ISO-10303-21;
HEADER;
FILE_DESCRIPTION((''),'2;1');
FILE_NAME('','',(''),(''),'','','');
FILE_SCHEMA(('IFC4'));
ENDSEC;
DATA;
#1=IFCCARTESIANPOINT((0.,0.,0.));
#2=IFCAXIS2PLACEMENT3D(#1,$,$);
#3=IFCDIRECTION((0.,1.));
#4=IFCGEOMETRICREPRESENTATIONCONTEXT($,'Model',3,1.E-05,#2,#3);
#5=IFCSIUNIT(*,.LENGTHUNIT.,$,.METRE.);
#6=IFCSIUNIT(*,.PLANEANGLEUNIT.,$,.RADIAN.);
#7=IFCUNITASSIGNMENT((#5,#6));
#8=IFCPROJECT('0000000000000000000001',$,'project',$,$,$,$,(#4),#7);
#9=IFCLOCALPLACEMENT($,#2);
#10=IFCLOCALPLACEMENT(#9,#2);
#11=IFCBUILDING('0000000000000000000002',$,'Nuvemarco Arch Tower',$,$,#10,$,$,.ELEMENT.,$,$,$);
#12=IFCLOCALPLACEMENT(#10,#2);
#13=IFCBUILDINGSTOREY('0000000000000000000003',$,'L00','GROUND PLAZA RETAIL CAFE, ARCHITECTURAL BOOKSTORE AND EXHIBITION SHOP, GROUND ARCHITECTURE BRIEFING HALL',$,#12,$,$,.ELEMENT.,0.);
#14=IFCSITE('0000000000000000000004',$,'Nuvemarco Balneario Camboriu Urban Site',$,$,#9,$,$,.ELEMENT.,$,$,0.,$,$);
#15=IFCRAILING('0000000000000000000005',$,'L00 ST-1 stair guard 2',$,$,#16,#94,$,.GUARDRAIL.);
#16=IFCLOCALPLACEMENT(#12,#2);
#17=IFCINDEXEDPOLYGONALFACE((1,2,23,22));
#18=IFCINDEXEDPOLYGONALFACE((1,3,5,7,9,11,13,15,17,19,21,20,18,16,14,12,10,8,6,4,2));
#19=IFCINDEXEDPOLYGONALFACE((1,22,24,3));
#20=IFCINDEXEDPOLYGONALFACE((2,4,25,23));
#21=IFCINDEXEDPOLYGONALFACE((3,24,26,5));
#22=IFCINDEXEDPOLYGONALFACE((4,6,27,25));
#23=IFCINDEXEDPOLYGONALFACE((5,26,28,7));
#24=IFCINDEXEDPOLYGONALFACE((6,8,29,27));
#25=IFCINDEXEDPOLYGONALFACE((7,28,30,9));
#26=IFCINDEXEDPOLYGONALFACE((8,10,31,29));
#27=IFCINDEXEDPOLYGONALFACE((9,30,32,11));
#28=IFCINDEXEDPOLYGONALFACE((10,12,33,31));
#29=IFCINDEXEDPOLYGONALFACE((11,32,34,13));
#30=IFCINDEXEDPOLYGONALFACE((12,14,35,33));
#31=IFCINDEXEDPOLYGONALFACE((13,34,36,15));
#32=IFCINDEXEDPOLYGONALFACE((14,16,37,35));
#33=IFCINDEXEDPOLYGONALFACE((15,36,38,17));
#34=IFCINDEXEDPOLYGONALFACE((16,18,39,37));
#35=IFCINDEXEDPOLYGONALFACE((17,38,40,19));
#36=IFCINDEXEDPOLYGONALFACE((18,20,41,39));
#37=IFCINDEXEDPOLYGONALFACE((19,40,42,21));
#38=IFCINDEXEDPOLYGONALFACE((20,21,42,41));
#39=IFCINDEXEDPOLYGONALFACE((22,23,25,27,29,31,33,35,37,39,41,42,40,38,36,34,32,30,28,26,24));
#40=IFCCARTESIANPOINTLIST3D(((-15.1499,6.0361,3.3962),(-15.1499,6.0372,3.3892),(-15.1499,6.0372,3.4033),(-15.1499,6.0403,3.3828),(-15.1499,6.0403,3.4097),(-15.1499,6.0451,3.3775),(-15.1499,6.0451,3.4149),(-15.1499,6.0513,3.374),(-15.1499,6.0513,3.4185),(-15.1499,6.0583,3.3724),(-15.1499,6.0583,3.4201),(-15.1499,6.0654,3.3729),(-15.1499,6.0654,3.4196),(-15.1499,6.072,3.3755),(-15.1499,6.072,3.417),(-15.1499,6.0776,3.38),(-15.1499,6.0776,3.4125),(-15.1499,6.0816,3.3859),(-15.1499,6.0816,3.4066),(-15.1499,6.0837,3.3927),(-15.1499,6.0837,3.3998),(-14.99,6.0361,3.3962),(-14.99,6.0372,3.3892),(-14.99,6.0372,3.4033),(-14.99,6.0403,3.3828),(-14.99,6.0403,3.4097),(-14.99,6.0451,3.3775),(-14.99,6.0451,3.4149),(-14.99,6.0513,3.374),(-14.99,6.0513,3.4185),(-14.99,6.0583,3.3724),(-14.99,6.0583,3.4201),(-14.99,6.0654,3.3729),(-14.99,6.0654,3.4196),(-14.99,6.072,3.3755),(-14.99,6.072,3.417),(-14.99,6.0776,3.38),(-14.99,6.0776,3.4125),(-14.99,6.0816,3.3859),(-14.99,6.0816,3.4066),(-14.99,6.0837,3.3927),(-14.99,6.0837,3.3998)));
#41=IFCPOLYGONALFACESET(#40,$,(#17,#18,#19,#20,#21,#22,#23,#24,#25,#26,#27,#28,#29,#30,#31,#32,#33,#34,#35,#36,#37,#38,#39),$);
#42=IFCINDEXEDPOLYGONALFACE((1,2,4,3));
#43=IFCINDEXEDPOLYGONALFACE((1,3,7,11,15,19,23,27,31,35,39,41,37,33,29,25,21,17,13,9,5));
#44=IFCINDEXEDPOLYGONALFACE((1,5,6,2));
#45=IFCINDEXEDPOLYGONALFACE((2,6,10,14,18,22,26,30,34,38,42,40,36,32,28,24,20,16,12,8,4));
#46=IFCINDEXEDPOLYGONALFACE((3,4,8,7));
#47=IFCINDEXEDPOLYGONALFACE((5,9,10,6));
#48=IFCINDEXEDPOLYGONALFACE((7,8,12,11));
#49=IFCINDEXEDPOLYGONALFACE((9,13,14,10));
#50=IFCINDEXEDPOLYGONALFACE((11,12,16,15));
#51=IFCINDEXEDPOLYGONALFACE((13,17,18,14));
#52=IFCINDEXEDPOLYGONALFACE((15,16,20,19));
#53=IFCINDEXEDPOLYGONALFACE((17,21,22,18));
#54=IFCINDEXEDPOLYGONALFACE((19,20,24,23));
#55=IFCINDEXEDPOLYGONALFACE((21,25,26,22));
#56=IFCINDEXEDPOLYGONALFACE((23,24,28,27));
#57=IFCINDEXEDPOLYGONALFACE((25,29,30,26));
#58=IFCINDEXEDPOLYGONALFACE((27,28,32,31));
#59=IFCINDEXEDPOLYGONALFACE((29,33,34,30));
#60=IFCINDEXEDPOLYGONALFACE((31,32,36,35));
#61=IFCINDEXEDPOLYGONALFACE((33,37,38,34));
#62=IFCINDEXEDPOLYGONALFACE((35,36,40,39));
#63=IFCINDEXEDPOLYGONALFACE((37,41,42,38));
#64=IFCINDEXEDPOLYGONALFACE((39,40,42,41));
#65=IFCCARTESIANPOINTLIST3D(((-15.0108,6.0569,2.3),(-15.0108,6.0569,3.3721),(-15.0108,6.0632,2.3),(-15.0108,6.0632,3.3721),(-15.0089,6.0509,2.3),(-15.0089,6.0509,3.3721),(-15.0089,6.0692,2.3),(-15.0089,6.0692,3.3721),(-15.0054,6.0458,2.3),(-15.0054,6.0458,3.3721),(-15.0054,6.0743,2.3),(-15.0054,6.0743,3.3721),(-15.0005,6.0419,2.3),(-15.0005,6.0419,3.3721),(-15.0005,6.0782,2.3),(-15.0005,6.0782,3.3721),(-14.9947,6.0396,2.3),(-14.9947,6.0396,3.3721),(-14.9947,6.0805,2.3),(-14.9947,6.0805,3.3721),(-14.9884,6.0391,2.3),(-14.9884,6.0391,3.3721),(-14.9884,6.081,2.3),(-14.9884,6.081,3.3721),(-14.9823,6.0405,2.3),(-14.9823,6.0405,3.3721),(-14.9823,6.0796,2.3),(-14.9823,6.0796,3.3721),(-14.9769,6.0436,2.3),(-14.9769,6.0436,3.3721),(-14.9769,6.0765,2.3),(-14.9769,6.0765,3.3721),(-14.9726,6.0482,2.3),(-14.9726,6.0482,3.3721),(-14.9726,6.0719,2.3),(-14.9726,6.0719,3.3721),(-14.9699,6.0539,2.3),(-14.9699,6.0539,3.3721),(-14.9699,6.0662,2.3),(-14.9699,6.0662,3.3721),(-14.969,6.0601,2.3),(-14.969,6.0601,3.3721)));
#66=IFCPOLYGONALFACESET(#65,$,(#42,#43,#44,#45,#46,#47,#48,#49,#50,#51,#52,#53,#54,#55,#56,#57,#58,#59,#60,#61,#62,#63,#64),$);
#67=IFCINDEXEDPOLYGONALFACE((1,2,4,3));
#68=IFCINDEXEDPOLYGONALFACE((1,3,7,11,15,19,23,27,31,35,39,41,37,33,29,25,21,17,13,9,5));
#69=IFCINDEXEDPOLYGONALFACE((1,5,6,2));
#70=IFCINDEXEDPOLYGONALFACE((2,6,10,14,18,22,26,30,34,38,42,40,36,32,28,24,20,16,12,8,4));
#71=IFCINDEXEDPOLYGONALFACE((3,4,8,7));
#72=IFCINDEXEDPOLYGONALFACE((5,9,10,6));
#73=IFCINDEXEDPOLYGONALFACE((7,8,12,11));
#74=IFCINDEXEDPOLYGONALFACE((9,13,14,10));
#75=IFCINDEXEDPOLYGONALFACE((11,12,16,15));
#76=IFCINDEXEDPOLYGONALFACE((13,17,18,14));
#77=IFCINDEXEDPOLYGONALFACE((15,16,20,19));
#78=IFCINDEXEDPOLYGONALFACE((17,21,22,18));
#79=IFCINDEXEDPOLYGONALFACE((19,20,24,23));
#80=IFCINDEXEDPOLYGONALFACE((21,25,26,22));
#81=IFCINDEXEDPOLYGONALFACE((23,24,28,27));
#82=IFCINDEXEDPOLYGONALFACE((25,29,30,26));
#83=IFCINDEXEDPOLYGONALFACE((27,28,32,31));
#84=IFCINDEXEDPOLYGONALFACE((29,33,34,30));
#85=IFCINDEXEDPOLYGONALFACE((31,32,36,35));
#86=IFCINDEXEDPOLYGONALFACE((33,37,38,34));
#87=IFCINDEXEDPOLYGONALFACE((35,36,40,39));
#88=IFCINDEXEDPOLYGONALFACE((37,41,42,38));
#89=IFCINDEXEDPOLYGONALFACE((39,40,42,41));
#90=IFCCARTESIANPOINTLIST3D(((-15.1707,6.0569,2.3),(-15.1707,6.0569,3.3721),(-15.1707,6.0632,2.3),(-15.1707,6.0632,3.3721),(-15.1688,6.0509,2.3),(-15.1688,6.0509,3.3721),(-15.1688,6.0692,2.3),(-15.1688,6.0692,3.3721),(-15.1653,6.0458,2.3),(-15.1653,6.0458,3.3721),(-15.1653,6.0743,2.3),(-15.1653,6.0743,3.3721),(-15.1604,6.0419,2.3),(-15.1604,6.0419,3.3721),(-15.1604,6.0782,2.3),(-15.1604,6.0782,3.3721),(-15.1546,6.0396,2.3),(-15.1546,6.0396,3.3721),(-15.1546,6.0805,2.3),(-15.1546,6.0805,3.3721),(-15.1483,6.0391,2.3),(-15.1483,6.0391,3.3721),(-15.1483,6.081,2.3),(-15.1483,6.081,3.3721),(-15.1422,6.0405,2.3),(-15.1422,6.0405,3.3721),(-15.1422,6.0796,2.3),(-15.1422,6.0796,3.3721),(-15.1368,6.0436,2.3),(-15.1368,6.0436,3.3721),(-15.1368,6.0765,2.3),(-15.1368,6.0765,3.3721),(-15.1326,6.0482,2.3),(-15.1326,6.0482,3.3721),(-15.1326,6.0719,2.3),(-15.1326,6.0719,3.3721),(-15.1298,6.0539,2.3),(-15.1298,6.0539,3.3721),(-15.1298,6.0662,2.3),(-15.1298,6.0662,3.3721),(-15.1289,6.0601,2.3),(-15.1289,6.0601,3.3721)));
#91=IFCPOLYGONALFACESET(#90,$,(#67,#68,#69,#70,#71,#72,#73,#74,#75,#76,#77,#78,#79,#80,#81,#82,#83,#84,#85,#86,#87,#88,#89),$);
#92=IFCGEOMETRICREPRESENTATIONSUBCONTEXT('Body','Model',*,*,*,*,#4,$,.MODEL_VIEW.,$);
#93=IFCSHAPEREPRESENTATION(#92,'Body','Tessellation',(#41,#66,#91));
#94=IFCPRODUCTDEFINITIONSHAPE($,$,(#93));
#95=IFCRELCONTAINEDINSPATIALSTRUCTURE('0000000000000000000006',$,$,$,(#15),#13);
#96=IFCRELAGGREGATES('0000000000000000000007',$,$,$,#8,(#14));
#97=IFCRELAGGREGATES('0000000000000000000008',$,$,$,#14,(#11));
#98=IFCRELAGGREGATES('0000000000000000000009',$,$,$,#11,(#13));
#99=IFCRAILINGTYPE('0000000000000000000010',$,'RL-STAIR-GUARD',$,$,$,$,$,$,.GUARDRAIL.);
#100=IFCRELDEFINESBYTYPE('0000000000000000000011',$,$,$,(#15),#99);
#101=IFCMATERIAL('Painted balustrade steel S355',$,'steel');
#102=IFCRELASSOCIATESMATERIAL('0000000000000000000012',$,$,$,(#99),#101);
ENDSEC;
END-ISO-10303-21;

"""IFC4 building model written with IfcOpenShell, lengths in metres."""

from ifc_helpers import new_model, si_unit, direction, frame, origin, origin_2d, place, context, subcontext, project, spatial, circle, extrude, material, type_object, element, save


model = new_model("IFC4")

# Units and contexts
model_context = context("Model", 3, precision=1e-05, world=origin(), true_north=direction((0.0, 1.0)))
body_context = subcontext(model_context, "Body", "Model", "MODEL_VIEW")
ifc_project = project(units=[si_unit("LENGTHUNIT", "METRE"), si_unit("PLANEANGLEUNIT", "RADIAN")], contexts=[model_context])

# Site, building, storey
site_placement = place(None, origin())
site = spatial("IfcSite", under=ifc_project, at=site_placement, Name="Nuvemarco Balneario Camboriu Urban Site", CompositionType="ELEMENT", RefElevation=0.0)
building_placement = place(site_placement, origin())
building = spatial("IfcBuilding", under=site, at=building_placement, Name="Nuvemarco Arch Tower", CompositionType="ELEMENT")
storey_placement = place(building_placement, origin())
storey = spatial("IfcBuildingStorey", under=building, at=storey_placement, Name="L00", Description="GROUND PLAZA RETAIL CAFE, ARCHITECTURAL BOOKSTORE AND EXHIBITION SHOP, GROUND ARCHITECTURE BRIEFING HALL", CompositionType="ELEMENT", Elevation=0.0)

# Railing
ifc_material_1 = material(Name="Painted balustrade steel S355", Category="steel")
railing_type_1 = type_object("IfcRailingType", Name="RL-STAIR-GUARD", PredefinedType="GUARDRAIL", material=ifc_material_1)
railing_1_placement = place(storey_placement, frame((-14.99, 6.0601, 2.3)))
element("IfcRailing", 1, at=railing_1_placement, inside=storey, type_object=railing_type_1, Name="L00 ST-1 stair guard 2", PredefinedType="GUARDRAIL", context=body_context, shape_type="SweptSolid", body=[
    extrude(circle(Radius=0.0239, at=origin_2d()), frame((0.0, 0.0, 1.0962), z_axis=(-1.0, 0.0, 0.0), x_axis=(0.0, -1.0, 0.0)), (0.0, 0.0, 1.0), 0.1599),
    extrude(circle(Radius=0.021, at=origin_2d()), origin(), (0.0, 0.0, 1.0), 1.072),
    extrude(circle(Radius=0.021, at=origin_2d()), frame((-0.1599, 0.0, 0.0)), (0.0, 0.0, 1.0), 1.072),
])

save(model, "model.ifc")
